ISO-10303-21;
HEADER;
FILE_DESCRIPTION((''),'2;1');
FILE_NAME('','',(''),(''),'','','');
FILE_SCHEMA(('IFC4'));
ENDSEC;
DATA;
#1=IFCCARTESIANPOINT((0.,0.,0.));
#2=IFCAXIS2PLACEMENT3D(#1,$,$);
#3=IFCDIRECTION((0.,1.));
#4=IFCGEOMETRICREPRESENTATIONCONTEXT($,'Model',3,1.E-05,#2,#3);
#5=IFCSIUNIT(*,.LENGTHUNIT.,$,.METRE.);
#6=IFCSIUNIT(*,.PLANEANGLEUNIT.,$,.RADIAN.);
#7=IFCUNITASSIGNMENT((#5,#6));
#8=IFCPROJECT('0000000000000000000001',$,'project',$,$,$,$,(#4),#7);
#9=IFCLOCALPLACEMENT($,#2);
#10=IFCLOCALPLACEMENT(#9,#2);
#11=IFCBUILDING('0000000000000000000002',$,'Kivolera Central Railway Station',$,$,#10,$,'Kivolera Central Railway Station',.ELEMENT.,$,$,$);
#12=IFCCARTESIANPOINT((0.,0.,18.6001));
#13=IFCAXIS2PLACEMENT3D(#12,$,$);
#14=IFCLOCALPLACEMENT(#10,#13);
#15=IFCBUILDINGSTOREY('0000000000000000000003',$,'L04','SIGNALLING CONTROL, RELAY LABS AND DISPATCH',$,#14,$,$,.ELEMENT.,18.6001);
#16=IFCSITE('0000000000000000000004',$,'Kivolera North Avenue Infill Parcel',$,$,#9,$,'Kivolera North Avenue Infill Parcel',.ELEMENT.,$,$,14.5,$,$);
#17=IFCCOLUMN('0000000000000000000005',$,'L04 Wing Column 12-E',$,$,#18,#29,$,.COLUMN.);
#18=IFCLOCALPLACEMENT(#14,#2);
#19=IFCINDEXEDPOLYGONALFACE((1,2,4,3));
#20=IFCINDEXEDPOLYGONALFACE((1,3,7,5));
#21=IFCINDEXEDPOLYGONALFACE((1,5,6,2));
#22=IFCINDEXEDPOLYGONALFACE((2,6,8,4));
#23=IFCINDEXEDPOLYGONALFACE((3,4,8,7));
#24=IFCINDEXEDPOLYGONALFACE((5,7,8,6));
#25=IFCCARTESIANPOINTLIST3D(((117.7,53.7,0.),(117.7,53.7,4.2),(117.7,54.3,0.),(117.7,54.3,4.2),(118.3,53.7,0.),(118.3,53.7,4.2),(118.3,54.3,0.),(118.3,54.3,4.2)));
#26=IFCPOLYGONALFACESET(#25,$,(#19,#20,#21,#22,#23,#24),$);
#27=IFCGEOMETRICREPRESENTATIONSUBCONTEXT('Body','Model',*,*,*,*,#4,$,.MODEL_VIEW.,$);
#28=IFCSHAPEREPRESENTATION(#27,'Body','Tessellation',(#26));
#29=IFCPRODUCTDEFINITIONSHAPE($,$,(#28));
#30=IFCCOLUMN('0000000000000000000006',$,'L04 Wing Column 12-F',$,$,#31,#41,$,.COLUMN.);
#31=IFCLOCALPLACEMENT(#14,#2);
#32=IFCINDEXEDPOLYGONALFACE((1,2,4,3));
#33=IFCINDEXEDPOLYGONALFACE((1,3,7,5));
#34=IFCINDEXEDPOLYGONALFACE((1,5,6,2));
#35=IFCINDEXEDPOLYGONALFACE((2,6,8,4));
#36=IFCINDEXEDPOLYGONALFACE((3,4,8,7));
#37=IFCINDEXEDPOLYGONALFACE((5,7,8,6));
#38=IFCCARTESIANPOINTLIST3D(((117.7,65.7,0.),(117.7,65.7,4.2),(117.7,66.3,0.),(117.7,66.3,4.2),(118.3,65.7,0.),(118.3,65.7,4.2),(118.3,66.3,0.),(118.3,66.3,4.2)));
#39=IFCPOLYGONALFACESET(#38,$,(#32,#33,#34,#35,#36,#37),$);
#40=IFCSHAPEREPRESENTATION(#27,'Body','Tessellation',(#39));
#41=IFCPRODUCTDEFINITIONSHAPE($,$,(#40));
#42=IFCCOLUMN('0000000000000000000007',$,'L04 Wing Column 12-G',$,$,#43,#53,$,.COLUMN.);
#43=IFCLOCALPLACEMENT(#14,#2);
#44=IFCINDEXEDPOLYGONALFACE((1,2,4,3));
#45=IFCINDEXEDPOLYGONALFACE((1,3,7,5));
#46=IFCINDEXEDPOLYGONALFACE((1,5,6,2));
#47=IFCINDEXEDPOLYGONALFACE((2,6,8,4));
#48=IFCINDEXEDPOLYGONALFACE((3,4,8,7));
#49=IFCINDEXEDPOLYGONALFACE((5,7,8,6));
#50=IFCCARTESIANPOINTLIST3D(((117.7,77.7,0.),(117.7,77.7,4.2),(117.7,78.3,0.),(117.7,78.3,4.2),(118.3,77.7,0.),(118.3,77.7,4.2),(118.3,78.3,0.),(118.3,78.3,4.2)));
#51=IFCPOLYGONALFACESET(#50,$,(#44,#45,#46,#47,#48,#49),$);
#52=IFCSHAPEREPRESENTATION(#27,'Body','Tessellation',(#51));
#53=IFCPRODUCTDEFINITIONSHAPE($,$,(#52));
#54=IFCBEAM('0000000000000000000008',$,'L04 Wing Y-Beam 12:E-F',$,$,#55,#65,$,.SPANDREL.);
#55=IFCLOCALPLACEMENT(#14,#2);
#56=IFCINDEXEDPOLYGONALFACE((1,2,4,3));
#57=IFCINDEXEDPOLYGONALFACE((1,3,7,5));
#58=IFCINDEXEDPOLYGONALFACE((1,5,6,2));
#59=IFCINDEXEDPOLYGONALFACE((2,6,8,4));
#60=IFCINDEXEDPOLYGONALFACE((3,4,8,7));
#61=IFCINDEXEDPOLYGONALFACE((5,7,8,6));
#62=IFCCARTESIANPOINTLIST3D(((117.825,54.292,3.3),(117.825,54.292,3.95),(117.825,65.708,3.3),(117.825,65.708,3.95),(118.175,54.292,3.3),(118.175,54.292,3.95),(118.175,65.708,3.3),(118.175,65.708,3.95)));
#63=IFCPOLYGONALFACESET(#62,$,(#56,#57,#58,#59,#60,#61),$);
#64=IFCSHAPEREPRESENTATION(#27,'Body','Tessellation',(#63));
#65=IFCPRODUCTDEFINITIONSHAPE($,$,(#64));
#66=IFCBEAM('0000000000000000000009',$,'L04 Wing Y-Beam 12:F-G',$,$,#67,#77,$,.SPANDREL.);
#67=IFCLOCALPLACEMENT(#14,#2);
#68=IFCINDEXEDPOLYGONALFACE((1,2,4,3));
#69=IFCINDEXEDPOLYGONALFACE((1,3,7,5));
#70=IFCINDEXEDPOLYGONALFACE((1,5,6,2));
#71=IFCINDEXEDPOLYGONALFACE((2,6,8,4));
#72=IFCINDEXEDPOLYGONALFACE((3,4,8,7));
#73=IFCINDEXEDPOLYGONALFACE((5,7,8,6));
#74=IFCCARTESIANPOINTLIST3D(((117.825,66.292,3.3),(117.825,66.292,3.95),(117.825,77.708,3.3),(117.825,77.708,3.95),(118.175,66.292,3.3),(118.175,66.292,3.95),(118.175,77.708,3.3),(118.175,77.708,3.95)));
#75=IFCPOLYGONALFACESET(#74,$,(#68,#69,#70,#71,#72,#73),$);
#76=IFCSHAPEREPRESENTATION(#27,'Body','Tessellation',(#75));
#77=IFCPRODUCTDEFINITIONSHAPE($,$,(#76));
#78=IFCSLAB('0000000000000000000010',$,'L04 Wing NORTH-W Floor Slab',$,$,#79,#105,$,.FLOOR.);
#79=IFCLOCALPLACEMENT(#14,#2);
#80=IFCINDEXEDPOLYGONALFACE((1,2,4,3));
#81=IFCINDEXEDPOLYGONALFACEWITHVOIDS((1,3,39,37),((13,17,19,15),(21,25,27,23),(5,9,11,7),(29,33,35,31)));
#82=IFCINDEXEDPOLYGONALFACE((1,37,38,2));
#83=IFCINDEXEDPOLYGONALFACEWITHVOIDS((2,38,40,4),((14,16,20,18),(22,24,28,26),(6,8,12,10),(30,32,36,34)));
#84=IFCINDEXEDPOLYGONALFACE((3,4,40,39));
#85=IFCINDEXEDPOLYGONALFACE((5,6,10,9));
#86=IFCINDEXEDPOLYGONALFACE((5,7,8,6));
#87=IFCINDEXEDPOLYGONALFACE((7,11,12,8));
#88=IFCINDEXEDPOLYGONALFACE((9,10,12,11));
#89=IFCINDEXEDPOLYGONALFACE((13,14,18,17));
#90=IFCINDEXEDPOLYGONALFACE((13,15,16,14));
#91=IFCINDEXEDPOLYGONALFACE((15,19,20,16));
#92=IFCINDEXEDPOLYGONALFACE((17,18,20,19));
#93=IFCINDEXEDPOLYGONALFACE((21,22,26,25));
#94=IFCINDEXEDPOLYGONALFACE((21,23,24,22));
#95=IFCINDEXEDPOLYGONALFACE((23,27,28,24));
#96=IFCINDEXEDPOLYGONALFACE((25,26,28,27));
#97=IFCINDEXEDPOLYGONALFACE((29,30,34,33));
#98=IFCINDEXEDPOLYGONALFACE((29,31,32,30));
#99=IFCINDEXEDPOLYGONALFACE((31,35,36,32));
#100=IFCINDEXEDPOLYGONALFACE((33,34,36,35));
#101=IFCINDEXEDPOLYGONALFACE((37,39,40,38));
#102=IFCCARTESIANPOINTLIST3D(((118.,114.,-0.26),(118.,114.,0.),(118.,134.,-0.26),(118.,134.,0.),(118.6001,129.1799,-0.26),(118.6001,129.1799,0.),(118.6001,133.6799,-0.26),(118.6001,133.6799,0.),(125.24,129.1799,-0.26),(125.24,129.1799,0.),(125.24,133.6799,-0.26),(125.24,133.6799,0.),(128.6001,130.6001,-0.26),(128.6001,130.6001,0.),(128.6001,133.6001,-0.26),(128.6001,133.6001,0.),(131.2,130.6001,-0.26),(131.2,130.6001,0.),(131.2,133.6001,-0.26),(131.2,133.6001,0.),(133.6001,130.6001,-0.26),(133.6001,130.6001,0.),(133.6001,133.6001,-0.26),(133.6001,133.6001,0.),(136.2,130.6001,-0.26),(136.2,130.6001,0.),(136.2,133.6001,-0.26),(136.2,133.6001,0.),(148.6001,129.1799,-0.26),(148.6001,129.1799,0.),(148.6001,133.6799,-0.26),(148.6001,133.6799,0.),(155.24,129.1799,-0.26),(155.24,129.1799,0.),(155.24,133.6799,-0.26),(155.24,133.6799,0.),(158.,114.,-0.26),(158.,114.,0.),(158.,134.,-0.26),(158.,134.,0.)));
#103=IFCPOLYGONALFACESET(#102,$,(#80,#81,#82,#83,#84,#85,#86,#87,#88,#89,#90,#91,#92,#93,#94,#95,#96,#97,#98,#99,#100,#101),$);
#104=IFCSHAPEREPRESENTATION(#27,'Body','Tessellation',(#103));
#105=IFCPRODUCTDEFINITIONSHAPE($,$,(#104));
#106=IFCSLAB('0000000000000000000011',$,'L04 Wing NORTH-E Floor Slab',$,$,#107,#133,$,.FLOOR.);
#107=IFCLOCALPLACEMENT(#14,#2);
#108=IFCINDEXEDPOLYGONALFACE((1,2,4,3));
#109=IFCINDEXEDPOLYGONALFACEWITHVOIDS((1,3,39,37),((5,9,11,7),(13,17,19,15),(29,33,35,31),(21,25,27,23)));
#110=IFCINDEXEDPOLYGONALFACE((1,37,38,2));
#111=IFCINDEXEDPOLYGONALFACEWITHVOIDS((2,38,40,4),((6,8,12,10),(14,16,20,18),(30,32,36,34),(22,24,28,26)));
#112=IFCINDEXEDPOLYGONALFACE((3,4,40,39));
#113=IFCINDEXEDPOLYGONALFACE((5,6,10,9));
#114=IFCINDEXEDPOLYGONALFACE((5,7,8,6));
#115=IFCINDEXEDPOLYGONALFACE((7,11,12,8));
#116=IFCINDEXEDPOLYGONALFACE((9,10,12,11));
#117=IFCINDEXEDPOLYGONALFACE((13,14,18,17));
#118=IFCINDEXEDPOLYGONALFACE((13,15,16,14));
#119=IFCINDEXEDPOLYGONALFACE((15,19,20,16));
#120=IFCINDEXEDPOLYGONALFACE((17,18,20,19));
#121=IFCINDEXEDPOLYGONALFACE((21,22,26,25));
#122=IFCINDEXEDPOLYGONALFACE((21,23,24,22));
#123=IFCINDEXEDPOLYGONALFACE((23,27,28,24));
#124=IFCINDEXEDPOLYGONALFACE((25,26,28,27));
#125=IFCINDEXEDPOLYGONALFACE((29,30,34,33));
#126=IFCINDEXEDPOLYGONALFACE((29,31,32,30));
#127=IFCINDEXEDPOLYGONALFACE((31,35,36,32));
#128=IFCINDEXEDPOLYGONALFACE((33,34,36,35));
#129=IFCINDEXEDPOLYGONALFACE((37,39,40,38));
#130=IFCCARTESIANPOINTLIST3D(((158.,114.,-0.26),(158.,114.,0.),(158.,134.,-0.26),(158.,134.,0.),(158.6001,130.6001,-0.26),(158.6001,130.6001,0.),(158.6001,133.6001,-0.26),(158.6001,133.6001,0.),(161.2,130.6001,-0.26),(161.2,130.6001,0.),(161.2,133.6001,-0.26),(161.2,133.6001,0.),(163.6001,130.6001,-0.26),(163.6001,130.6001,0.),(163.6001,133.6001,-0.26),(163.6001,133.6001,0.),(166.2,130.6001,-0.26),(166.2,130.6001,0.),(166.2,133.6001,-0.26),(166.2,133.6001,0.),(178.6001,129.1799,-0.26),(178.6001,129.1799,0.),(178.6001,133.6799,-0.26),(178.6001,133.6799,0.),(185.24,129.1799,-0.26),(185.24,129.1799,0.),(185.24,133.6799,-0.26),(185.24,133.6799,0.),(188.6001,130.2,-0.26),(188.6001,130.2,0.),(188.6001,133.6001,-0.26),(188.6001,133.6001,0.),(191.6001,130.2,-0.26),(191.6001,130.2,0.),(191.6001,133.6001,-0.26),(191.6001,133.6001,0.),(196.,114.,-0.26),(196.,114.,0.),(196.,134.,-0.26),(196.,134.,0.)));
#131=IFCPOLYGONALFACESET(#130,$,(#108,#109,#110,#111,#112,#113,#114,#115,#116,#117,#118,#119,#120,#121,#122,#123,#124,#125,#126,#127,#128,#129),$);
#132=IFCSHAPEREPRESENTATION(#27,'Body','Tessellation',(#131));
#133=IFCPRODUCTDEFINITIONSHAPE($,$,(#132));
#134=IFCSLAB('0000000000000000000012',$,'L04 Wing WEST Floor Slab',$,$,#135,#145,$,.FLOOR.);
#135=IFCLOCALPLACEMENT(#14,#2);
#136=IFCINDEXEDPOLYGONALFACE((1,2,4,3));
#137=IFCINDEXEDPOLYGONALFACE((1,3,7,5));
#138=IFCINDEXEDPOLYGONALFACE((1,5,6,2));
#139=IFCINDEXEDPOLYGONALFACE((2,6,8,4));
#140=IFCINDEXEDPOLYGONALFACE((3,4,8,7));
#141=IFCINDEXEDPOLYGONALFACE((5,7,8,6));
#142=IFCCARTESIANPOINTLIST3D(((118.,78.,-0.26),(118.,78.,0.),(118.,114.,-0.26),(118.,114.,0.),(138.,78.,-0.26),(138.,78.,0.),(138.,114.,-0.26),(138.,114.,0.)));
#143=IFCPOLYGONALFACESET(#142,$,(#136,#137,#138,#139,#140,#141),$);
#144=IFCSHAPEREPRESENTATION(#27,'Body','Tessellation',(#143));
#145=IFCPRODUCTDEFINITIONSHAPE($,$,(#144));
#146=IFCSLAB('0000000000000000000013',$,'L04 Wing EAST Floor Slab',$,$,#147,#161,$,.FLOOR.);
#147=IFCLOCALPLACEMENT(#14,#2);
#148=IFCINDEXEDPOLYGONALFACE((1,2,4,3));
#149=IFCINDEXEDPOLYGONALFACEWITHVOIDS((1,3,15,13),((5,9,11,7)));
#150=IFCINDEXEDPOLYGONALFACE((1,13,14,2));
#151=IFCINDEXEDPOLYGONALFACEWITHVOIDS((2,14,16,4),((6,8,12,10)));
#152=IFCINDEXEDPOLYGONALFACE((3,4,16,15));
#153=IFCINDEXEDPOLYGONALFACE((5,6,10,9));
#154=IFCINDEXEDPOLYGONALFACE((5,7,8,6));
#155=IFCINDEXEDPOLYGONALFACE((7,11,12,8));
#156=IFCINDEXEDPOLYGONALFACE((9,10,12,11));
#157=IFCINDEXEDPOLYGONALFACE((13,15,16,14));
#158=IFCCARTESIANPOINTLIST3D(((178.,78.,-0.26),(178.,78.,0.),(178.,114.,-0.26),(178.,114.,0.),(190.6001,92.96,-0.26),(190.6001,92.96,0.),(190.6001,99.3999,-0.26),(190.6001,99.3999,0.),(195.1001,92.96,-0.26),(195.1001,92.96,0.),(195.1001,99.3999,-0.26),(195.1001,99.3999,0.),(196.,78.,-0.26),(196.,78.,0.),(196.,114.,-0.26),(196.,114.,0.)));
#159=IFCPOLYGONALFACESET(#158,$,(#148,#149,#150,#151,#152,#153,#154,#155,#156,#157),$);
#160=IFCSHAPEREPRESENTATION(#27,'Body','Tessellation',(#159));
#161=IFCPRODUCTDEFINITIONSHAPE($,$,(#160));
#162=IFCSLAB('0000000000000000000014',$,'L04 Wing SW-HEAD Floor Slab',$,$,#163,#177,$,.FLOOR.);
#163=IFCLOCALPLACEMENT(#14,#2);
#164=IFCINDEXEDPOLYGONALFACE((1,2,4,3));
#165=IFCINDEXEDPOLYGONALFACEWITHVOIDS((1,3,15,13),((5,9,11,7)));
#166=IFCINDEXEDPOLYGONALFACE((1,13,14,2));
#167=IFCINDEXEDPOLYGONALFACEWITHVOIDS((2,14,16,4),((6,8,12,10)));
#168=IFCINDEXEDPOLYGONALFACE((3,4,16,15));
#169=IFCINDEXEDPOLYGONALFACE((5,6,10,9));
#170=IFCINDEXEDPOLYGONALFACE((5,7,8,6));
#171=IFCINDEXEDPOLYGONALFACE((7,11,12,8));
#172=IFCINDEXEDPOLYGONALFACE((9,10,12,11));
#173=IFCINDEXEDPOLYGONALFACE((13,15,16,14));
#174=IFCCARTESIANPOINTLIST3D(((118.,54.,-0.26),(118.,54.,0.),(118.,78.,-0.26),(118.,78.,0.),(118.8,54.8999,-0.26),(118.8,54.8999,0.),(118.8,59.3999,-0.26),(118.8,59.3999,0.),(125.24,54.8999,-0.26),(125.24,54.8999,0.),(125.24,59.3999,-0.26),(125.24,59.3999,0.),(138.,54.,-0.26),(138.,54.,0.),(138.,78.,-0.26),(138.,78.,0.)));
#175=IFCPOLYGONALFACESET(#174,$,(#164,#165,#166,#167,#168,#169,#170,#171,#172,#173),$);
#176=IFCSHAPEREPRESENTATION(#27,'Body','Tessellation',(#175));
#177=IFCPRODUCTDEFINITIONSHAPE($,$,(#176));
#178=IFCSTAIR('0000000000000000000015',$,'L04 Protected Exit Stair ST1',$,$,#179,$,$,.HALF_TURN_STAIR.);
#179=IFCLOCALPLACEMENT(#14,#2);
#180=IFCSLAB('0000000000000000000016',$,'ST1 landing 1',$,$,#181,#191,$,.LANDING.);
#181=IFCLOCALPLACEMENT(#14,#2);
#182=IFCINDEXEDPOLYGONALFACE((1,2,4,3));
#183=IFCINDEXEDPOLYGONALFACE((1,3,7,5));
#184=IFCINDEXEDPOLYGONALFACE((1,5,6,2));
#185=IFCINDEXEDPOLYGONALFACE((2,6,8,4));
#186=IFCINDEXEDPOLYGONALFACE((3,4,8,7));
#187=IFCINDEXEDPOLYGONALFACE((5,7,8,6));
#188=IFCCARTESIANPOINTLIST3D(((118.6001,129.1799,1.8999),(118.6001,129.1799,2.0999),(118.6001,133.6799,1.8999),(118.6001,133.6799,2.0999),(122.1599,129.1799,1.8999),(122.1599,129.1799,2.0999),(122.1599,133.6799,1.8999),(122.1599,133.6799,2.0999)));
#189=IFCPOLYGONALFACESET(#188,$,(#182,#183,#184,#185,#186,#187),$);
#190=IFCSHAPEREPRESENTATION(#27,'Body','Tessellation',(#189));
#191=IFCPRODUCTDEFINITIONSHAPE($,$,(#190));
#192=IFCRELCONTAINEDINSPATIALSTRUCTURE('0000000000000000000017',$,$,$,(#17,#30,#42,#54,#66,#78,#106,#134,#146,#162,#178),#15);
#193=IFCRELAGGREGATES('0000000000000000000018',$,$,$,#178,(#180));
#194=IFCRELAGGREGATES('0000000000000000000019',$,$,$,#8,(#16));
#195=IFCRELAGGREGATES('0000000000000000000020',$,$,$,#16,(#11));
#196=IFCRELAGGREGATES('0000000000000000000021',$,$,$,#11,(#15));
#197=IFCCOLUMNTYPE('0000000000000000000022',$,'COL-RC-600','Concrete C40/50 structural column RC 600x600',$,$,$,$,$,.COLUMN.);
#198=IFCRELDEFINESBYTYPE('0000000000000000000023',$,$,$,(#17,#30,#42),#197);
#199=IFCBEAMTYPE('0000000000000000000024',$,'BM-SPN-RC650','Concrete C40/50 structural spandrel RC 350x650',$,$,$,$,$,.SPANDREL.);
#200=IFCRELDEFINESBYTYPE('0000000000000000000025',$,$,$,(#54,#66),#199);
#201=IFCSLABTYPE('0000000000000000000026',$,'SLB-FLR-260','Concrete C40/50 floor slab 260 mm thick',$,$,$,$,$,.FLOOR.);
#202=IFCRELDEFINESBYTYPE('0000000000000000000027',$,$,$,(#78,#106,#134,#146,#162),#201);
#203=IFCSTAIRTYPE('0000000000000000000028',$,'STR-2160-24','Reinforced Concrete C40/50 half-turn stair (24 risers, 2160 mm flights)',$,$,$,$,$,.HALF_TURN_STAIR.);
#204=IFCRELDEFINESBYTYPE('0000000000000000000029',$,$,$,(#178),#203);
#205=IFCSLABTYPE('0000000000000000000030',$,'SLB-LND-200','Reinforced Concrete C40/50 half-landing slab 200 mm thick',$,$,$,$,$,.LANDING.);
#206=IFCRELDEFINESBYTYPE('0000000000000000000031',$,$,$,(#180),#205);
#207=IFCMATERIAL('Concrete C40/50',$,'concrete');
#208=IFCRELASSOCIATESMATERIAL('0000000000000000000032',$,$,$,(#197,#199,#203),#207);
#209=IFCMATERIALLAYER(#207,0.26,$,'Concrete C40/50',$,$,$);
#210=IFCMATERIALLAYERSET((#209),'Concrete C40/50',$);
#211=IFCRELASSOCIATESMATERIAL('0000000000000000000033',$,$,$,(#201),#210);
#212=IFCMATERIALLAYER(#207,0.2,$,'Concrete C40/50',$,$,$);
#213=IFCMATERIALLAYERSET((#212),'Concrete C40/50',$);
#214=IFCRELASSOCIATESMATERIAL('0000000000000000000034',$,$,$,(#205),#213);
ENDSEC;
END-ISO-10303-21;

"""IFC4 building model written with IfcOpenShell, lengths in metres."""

from ifc_helpers import new_model, si_unit, direction, frame, origin, origin_2d, place, context, subcontext, project, spatial, polyline, rectangle, outline, extrude, material, layer, layer_set, material_profile, profile_set, type_object, element, aggregate, save


model = new_model("IFC4")

# Units and contexts
model_context = context("Model", 3, precision=1e-05, world=origin(), true_north=direction((0.0, 1.0)))
body_context = subcontext(model_context, "Body", "Model", "MODEL_VIEW")
ifc_project = project(units=[si_unit("LENGTHUNIT", "METRE"), si_unit("PLANEANGLEUNIT", "RADIAN")], contexts=[model_context])

# Site, building, storey
site_placement = place(None, origin())
site = spatial("IfcSite", under=ifc_project, at=site_placement, Name="Kivolera North Avenue Infill Parcel", LongName="Kivolera North Avenue Infill Parcel", CompositionType="ELEMENT", RefElevation=14.5)
building_placement = place(site_placement, origin())
building = spatial("IfcBuilding", under=site, at=building_placement, Name="Kivolera Central Railway Station", LongName="Kivolera Central Railway Station", CompositionType="ELEMENT")
storey_placement = place(building_placement, frame((0.0, 0.0, 18.6001)))
storey = spatial("IfcBuildingStorey", under=building, at=storey_placement, Name="L04", Description="SIGNALLING CONTROL, RELAY LABS AND DISPATCH", CompositionType="ELEMENT", Elevation=18.6001)

# Columns
ifc_material_1 = material(Name="Concrete C40/50", Category="concrete")
ifc_material_profile_1 = material_profile(ifc_material_1, rectangle(XDim=0.6001, YDim=0.6001, at=origin_2d()), Name="RC 600x600")
ifc_profile_set_1 = profile_set([ifc_material_profile_1], Name="Concrete C40/50")
column_type = type_object("IfcColumnType", Name="COL-RC-600", Description="Concrete C40/50 structural column RC 600x600", PredefinedType="COLUMN", material=ifc_profile_set_1)
for number, where, z_axis, x_axis, name in (
    (1, (118.0, 54.0, 0.0), (0.0, 0.0, 1.0), (1.0, 0.0, 0.0), "L04 Wing Column 12-E"),
    (2, (118.0, 66.0, 0.0), (0.0, 0.0, 1.0), (1.0, 0.0, 0.0), "L04 Wing Column 12-F"),
    (3, (118.0, 78.0, 0.0), (0.0, 0.0, 1.0), (1.0, 0.0, 0.0), "L04 Wing Column 12-G"),
):
    element("IfcColumn", number, at=place(storey_placement, frame(where, z_axis=z_axis, x_axis=x_axis)), inside=storey, type_object=column_type, Name=name, PredefinedType="COLUMN", context=body_context, shape_type="SweptSolid", body=[
        extrude(rectangle(XDim=0.6001, YDim=0.6001, at=origin_2d()), origin(), (0.0, 0.0, 1.0), 4.2),
    ])

# Beams
ifc_material_profile_2 = material_profile(ifc_material_1, rectangle(XDim=0.3501, YDim=0.6499, at=origin_2d()), Name="RC 350x650")
ifc_profile_set_2 = profile_set([ifc_material_profile_2], Name="Concrete C40/50")
beam_type = type_object("IfcBeamType", Name="BM-SPN-RC650", Description="Concrete C40/50 structural spandrel RC 350x650", PredefinedType="SPANDREL", material=ifc_profile_set_2)
for number, where, z_axis, x_axis, name in (
    (4, (118.0, 54.292, 3.625), (0.0, 1.0, 0.0), (-1.0, 0.0, 0.0), "L04 Wing Y-Beam 12:E-F"),
    (5, (118.0, 66.292, 3.625), (0.0, 1.0, 0.0), (-1.0, 0.0, 0.0), "L04 Wing Y-Beam 12:F-G"),
):
    element("IfcBeam", number, at=place(storey_placement, frame(where, z_axis=z_axis, x_axis=x_axis)), inside=storey, type_object=beam_type, Name=name, PredefinedType="SPANDREL", context=body_context, shape_type="SweptSolid", body=[
        extrude(rectangle(XDim=0.3501, YDim=0.6499, at=origin_2d()), origin(), (0.0, 0.0, 1.0), 11.416),
    ])

# Slabs
ifc_layer_1 = layer(ifc_material_1, 0.26, Name="Concrete C40/50")
ifc_layer_set_1 = layer_set([ifc_layer_1], Name="Concrete C40/50")
slab_type_1 = type_object("IfcSlabType", Name="SLB-FLR-260", Description="Concrete C40/50 floor slab 260 mm thick", PredefinedType="FLOOR", material=ifc_layer_set_1)
slab_1_placement = place(storey_placement, frame((0.0, 0.0, -0.26)))
element("IfcSlab", 6, at=slab_1_placement, inside=storey, type_object=slab_type_1, Name="L04 Wing NORTH-W Floor Slab", PredefinedType="FLOOR", context=body_context, shape_type="SweptSolid", body=[
    extrude(outline(polyline([(118.0, 114.0), (158.0, 114.0), (158.0, 134.0), (118.0, 134.0), (118.0, 114.0)]), holes=[polyline([(125.24, 133.6799), (118.6001, 133.6799), (118.6001, 129.1799), (125.24, 129.1799), (125.24, 133.6799)]), polyline([(155.24, 133.6799), (148.6001, 133.6799), (148.6001, 129.1799), (155.24, 129.1799), (155.24, 133.6799)]), polyline([(128.6001, 130.6001), (131.2, 130.6001), (131.2, 133.6001), (128.6001, 133.6001), (128.6001, 130.6001)]), polyline([(133.6001, 130.6001), (136.2, 130.6001), (136.2, 133.6001), (133.6001, 133.6001), (133.6001, 130.6001)])]), origin(), (0.0, 0.0, 1.0), 0.26),
])
slab_2_placement = place(storey_placement, frame((0.0, 0.0, -0.26)))
element("IfcSlab", 7, at=slab_2_placement, inside=storey, type_object=slab_type_1, Name="L04 Wing NORTH-E Floor Slab", PredefinedType="FLOOR", context=body_context, shape_type="SweptSolid", body=[
    extrude(outline(polyline([(158.0, 114.0), (196.0, 114.0), (196.0, 134.0), (158.0, 134.0), (158.0, 114.0)]), holes=[polyline([(185.24, 133.6799), (178.6001, 133.6799), (178.6001, 129.1799), (185.24, 129.1799), (185.24, 133.6799)]), polyline([(158.6001, 130.6001), (161.2, 130.6001), (161.2, 133.6001), (158.6001, 133.6001), (158.6001, 130.6001)]), polyline([(163.6001, 130.6001), (166.2, 130.6001), (166.2, 133.6001), (163.6001, 133.6001), (163.6001, 130.6001)]), polyline([(188.6001, 130.2), (191.6001, 130.2), (191.6001, 133.6001), (188.6001, 133.6001), (188.6001, 130.2)])]), origin(), (0.0, 0.0, 1.0), 0.26),
])
slab_3_placement = place(storey_placement, frame((0.0, 0.0, -0.26)))
element("IfcSlab", 8, at=slab_3_placement, inside=storey, type_object=slab_type_1, Name="L04 Wing WEST Floor Slab", PredefinedType="FLOOR", context=body_context, shape_type="SweptSolid", body=[
    extrude(outline(polyline([(118.0, 78.0), (138.0, 78.0), (138.0, 114.0), (118.0, 114.0), (118.0, 78.0)])), origin(), (0.0, 0.0, 1.0), 0.26),
])
slab_4_placement = place(storey_placement, frame((0.0, 0.0, -0.26)))
element("IfcSlab", 9, at=slab_4_placement, inside=storey, type_object=slab_type_1, Name="L04 Wing EAST Floor Slab", PredefinedType="FLOOR", context=body_context, shape_type="SweptSolid", body=[
    extrude(outline(polyline([(178.0, 78.0), (196.0, 78.0), (196.0, 114.0), (178.0, 114.0), (178.0, 78.0)]), holes=[polyline([(195.1001, 92.96), (195.1001, 99.3999), (190.6001, 99.3999), (190.6001, 92.96), (195.1001, 92.96)])]), origin(), (0.0, 0.0, 1.0), 0.26),
])
slab_5_placement = place(storey_placement, frame((0.0, 0.0, -0.26)))
element("IfcSlab", 10, at=slab_5_placement, inside=storey, type_object=slab_type_1, Name="L04 Wing SW-HEAD Floor Slab", PredefinedType="FLOOR", context=body_context, shape_type="SweptSolid", body=[
    extrude(outline(polyline([(118.0, 54.0), (138.0, 54.0), (138.0, 78.0), (118.0, 78.0), (118.0, 54.0)]), holes=[polyline([(125.24, 59.3999), (118.8, 59.3999), (118.8, 54.8999), (125.24, 54.8999), (125.24, 59.3999)])]), origin(), (0.0, 0.0, 1.0), 0.26),
])

# Stair, slab
stair_type = type_object("IfcStairType", Name="STR-2160-24", Description="Reinforced Concrete C40/50 half-turn stair (24 risers, 2160 mm flights)", PredefinedType="HALF_TURN_STAIR", material=ifc_material_1)
stair_1_placement = place(storey_placement, origin())
stair_1 = element("IfcStair", 11, at=stair_1_placement, inside=storey, type_object=stair_type, Name="L04 Protected Exit Stair ST1", PredefinedType="HALF_TURN_STAIR")
ifc_layer_2 = layer(ifc_material_1, 0.2, Name="Concrete C40/50")
ifc_layer_set_2 = layer_set([ifc_layer_2], Name="Concrete C40/50")
slab_type_2 = type_object("IfcSlabType", Name="SLB-LND-200", Description="Reinforced Concrete C40/50 half-landing slab 200 mm thick", PredefinedType="LANDING", material=ifc_layer_set_2)
slab_6_placement = place(storey_placement, frame((0.0, 0.0, 1.8999)))
slab_6 = element("IfcSlab", 12, at=slab_6_placement, type_object=slab_type_2, Name="ST1 landing 1", PredefinedType="LANDING", context=body_context, shape_type="SweptSolid", body=[
    extrude(outline(polyline([(122.1599, 133.6799), (118.6001, 133.6799), (118.6001, 129.1799), (122.1599, 129.1799), (122.1599, 133.6799)])), origin(), (0.0, 0.0, 1.0), 0.2),
])
aggregate(stair_1, [slab_6])

save(model, "model.ifc")
